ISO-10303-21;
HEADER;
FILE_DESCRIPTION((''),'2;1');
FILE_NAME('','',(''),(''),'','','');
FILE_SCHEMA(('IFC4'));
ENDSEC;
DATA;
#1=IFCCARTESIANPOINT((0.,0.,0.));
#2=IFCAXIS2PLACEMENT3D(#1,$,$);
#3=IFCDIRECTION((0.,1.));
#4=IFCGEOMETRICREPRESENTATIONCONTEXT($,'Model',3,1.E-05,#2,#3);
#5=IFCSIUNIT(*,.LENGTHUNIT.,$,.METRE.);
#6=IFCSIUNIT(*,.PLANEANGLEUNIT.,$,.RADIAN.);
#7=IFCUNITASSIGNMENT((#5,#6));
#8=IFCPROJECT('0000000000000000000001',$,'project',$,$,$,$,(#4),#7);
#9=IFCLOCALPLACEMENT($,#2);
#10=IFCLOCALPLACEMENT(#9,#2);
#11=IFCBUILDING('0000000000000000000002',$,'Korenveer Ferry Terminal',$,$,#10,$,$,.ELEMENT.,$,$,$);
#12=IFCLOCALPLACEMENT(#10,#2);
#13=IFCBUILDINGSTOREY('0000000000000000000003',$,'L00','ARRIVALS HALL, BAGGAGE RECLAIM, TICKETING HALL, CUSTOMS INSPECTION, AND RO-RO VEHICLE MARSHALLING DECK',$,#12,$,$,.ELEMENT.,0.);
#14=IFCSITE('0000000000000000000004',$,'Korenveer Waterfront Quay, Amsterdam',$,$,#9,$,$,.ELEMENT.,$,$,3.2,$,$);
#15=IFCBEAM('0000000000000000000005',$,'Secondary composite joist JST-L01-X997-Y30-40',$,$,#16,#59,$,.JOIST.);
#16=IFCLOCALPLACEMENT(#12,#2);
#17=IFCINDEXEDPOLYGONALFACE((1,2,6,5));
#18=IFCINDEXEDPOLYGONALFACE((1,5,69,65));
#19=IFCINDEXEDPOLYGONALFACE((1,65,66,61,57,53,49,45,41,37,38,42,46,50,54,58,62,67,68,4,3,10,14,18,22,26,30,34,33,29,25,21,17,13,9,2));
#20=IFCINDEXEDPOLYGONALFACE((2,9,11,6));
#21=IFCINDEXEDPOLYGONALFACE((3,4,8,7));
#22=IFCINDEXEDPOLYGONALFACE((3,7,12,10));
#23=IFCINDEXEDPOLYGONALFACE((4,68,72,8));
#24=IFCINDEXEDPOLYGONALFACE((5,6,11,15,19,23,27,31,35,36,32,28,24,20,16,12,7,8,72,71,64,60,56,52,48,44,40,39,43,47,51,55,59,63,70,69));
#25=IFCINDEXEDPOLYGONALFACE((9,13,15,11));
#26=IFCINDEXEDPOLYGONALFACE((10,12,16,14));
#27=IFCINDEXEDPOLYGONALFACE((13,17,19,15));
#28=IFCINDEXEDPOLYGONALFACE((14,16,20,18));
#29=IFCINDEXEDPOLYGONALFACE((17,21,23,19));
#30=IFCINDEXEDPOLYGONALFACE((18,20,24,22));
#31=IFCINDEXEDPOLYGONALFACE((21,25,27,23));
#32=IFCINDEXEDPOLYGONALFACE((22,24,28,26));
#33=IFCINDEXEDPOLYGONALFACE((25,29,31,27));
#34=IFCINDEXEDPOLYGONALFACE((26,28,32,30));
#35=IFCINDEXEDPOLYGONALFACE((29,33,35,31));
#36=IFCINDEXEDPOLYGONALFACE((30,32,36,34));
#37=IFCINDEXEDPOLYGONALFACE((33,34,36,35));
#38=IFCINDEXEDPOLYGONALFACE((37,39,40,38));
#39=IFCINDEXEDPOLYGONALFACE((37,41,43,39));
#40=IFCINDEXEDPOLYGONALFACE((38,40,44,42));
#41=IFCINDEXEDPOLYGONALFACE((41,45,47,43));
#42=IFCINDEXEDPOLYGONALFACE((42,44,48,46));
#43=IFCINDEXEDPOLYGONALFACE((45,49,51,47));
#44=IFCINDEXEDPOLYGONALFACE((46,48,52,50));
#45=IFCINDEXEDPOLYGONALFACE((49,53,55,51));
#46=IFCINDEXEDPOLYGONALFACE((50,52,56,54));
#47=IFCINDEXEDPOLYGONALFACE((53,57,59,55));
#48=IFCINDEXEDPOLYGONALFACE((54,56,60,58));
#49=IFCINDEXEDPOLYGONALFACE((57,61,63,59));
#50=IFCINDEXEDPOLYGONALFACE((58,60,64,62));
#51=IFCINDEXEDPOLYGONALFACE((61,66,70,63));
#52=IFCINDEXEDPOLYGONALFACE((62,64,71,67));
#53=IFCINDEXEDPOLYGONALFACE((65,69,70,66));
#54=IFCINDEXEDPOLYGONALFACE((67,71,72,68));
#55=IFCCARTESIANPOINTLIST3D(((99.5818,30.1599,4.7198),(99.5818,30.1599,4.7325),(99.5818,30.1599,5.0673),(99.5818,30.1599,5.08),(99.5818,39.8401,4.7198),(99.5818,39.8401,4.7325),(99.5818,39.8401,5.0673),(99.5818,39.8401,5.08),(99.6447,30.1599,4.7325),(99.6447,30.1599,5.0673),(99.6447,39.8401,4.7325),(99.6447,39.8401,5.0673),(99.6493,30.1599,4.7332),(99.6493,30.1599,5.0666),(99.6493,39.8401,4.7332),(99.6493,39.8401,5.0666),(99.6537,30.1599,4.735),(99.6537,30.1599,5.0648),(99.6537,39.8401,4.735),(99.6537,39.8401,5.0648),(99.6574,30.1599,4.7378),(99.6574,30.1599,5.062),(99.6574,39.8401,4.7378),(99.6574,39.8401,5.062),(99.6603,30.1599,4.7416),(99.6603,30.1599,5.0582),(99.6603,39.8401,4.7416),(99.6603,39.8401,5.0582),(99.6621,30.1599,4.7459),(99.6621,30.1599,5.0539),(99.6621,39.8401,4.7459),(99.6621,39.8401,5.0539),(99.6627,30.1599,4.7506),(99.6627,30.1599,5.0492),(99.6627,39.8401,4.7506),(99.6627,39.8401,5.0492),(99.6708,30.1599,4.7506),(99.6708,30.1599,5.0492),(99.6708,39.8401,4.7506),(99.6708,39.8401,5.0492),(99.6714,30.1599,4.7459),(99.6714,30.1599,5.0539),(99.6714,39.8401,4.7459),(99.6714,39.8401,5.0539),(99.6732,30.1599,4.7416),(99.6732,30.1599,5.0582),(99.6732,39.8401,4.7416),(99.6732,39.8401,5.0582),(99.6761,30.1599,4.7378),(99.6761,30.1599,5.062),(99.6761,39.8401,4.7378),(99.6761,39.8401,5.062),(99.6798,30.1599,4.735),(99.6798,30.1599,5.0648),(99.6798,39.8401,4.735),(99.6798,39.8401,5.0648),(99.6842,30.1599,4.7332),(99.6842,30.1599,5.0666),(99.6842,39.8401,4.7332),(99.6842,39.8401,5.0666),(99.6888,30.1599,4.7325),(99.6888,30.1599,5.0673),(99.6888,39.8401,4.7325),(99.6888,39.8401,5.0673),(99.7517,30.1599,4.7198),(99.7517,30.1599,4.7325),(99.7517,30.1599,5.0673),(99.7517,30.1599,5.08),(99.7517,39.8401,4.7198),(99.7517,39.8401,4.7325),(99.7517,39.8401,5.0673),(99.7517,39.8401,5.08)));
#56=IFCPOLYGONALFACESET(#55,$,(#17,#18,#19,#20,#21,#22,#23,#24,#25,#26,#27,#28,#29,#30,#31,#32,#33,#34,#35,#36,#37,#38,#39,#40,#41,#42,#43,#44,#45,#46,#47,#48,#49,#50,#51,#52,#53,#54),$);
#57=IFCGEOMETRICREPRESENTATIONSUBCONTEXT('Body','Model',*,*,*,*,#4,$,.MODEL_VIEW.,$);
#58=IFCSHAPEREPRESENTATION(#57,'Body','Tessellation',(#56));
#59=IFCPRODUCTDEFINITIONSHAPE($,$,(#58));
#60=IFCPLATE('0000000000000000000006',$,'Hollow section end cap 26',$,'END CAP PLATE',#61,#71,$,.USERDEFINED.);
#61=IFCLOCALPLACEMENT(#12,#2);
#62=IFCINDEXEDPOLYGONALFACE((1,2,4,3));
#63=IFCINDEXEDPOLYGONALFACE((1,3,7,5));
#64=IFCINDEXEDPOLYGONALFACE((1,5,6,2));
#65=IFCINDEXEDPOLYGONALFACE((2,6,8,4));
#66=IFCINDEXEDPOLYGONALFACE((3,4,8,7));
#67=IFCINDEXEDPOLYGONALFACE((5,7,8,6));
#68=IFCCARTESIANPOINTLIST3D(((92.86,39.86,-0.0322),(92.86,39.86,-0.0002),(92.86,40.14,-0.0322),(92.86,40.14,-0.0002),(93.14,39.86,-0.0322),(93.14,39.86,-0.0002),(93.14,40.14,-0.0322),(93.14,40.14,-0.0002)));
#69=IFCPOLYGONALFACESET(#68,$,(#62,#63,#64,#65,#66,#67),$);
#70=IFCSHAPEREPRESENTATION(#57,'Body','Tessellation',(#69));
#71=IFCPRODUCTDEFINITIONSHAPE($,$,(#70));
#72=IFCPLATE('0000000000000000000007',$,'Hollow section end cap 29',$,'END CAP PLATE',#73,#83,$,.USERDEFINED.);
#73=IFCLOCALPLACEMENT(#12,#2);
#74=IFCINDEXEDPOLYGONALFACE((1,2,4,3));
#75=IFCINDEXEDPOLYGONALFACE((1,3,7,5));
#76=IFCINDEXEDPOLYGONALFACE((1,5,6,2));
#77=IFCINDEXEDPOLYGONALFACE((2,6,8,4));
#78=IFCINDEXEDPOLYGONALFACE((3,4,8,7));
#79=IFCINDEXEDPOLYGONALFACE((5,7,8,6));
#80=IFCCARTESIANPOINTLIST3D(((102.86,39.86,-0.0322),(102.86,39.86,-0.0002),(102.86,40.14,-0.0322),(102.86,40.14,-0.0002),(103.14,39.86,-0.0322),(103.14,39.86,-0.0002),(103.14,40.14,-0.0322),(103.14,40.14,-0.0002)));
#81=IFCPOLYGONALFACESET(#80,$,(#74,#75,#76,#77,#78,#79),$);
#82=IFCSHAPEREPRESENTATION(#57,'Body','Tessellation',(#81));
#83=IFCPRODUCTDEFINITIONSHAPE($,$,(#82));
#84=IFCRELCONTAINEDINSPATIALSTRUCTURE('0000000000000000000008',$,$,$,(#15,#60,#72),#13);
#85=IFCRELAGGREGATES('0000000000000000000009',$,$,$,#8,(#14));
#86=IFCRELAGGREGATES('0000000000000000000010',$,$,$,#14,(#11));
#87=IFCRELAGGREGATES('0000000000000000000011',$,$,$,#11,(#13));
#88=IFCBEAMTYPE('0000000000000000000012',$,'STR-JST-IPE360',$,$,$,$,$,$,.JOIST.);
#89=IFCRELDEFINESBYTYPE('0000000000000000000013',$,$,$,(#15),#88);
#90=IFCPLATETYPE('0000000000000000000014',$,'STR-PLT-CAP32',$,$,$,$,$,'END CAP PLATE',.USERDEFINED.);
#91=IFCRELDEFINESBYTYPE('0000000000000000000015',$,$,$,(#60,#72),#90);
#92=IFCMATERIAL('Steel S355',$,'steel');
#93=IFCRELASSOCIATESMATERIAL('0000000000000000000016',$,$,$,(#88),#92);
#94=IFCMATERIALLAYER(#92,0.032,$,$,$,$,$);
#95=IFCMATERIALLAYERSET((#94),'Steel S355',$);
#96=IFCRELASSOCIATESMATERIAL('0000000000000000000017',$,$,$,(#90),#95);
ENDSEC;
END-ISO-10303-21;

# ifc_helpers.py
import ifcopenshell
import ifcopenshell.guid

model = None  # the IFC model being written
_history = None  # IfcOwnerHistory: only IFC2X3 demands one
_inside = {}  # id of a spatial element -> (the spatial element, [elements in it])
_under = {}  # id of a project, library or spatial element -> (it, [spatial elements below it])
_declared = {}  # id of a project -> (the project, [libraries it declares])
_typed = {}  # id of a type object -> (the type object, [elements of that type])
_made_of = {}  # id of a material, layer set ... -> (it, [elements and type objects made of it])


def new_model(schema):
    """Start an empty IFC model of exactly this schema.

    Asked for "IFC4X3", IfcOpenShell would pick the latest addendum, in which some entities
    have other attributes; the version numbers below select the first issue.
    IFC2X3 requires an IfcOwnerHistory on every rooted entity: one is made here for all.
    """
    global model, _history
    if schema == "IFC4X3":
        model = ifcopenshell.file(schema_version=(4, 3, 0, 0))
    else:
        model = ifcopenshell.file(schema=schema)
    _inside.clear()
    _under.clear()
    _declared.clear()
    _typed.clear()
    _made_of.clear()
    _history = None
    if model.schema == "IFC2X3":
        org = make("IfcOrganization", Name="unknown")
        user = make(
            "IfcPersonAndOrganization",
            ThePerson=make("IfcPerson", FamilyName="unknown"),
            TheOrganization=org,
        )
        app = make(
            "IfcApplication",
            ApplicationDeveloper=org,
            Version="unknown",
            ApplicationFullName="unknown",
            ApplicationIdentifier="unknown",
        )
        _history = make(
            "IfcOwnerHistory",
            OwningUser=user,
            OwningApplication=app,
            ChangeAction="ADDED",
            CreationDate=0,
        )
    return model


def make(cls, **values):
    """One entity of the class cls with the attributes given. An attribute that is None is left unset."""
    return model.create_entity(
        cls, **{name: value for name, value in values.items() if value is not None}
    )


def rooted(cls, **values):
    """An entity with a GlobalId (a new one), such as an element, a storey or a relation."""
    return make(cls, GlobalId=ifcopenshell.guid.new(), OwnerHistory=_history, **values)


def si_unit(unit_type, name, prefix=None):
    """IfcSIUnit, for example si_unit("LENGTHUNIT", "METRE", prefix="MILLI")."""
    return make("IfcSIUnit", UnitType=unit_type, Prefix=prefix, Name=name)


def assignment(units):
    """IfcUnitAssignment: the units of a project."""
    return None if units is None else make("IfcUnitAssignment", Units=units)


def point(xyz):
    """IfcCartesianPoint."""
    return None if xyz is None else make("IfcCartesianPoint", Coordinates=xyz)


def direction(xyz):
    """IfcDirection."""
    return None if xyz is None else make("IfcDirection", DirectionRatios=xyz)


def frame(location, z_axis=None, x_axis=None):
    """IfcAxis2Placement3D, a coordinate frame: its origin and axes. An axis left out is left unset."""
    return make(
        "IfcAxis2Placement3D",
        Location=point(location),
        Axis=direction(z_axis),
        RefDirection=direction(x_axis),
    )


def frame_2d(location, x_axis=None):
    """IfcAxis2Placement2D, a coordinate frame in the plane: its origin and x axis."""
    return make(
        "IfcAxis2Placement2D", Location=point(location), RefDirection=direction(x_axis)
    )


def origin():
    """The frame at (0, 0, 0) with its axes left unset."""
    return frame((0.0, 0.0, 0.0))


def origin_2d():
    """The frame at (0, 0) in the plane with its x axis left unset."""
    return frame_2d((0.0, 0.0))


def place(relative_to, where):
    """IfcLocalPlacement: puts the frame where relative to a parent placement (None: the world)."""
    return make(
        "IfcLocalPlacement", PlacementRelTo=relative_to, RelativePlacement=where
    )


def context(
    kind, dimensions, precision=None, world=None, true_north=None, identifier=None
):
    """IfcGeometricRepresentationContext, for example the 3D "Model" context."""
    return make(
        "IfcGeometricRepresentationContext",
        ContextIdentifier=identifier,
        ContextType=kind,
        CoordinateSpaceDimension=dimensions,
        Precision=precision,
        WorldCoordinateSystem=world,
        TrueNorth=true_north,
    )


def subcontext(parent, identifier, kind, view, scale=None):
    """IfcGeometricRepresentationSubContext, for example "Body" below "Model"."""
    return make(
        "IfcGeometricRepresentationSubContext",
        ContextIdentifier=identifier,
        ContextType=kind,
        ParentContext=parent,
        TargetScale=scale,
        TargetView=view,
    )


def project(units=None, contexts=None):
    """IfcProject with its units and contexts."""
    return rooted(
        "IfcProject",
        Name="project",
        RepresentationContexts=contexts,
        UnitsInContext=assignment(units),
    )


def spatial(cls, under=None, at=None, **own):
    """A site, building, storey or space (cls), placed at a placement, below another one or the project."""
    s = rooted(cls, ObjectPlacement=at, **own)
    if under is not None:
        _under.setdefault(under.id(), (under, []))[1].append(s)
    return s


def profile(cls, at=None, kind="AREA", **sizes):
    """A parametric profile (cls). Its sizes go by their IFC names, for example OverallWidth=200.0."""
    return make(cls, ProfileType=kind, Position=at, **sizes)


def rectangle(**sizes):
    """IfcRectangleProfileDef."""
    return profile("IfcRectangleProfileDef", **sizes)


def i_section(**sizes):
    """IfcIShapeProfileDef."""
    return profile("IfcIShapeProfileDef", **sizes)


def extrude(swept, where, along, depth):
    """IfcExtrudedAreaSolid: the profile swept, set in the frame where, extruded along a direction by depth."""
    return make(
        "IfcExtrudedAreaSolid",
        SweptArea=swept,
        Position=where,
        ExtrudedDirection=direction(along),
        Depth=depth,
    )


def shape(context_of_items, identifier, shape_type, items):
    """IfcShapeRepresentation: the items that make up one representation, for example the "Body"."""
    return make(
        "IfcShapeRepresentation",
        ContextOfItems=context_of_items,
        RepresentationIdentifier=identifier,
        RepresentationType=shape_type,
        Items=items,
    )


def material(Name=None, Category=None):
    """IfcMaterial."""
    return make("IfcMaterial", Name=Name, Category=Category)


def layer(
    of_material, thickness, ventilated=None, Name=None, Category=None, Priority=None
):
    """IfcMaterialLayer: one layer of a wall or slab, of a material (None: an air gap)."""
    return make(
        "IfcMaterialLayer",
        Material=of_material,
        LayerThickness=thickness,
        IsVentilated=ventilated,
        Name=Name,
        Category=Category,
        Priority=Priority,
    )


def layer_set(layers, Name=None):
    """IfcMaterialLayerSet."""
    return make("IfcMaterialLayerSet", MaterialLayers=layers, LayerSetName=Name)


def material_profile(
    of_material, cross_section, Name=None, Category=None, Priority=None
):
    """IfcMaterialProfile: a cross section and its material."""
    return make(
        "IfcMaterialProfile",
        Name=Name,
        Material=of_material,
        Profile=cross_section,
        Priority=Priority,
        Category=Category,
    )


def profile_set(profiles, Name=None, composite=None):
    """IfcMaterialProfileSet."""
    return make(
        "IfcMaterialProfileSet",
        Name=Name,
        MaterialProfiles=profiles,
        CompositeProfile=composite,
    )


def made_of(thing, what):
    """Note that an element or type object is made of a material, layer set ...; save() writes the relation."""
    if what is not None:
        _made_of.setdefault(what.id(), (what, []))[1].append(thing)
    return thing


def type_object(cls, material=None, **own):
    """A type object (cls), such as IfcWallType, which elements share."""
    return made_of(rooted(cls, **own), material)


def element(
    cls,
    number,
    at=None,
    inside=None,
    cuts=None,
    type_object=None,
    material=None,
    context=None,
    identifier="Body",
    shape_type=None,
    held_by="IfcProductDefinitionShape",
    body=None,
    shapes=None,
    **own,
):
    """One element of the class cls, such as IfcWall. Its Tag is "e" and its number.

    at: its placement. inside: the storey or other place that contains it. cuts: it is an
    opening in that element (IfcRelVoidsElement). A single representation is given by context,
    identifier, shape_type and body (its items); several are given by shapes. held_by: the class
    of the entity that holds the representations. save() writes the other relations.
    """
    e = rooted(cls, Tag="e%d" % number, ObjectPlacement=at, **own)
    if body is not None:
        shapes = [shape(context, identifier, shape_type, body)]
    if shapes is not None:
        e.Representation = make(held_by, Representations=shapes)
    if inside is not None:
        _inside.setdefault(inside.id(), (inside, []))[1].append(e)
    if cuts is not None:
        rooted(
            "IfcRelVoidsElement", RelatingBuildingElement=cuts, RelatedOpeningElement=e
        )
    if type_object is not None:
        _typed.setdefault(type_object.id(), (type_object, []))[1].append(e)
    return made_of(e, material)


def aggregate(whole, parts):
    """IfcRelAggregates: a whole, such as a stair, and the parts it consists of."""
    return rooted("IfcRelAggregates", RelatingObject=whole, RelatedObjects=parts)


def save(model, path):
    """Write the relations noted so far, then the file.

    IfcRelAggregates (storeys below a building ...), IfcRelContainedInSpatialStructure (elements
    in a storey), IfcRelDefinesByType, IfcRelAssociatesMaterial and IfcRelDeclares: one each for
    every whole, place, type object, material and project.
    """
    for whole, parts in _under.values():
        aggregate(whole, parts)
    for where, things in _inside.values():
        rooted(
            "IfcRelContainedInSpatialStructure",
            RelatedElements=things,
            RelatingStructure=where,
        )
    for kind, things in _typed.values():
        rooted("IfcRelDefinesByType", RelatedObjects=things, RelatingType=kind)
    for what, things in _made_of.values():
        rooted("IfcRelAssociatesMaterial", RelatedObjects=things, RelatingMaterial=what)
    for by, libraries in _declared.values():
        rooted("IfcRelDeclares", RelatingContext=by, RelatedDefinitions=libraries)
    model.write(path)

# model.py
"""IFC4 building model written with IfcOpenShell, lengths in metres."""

from ifc_helpers import new_model, si_unit, direction, frame, origin, origin_2d, place, context, subcontext, project, spatial, rectangle, i_section, extrude, material, layer, layer_set, material_profile, profile_set, type_object, element, save


model = new_model("IFC4")

# Units and contexts
model_context = context("Model", 3, precision=1e-05, world=origin(), true_north=direction((0.0, 1.0)))
body_context = subcontext(model_context, "Body", "Model", "MODEL_VIEW")
ifc_project = project(units=[si_unit("LENGTHUNIT", "METRE"), si_unit("PLANEANGLEUNIT", "RADIAN")], contexts=[model_context])

# Site, building, storey
site_placement = place(None, origin())
site = spatial("IfcSite", under=ifc_project, at=site_placement, Name="Korenveer Waterfront Quay, Amsterdam", CompositionType="ELEMENT", RefElevation=3.2)
building_placement = place(site_placement, origin())
building = spatial("IfcBuilding", under=site, at=building_placement, Name="Korenveer Ferry Terminal", CompositionType="ELEMENT")
storey_placement = place(building_placement, origin())
storey = spatial("IfcBuildingStorey", under=building, at=storey_placement, Name="L00", Description="ARRIVALS HALL, BAGGAGE RECLAIM, TICKETING HALL, CUSTOMS INSPECTION, AND RO-RO VEHICLE MARSHALLING DECK", CompositionType="ELEMENT", Elevation=0.0)

# Shared definitions
ifc_material_1 = material(Name="Steel S355", Category="steel")

# Beam
ifc_material_profile_1 = material_profile(ifc_material_1, i_section(OverallWidth=0.1699, OverallDepth=0.3601, WebThickness=0.0081, FlangeThickness=0.0127, FilletRadius=0.0181, at=origin_2d()), Name="IPE 360")
ifc_profile_set_1 = profile_set([ifc_material_profile_1], Name="Steel S355")
beam_type_1 = type_object("IfcBeamType", Name="STR-JST-IPE360", PredefinedType="JOIST", material=ifc_profile_set_1)
for number, where, z_axis, x_axis, name in (
    (1, (99.6667, 30.1599, 4.8999), (0.0, 1.0, 0.0), (-1.0, 0.0, 0.0), "Secondary composite joist JST-L01-X997-Y30-40"),
):
    element("IfcBeam", number, at=place(storey_placement, frame(where, z_axis=z_axis, x_axis=x_axis)), inside=storey, type_object=beam_type_1, Name=name, PredefinedType="JOIST", context=body_context, shape_type="SweptSolid", body=[
        extrude(i_section(OverallWidth=0.1699, OverallDepth=0.3601, WebThickness=0.0081, FlangeThickness=0.0127, FilletRadius=0.0181, at=origin_2d()), origin(), (0.0, 0.0, 1.0), 9.6802),
    ])

# Plates
ifc_layer = layer(ifc_material_1, 0.032)
ifc_layer_set = layer_set([ifc_layer], Name="Steel S355")
plate_type = type_object("IfcPlateType", Name="STR-PLT-CAP32", ElementType="END CAP PLATE", PredefinedType="USERDEFINED", material=ifc_layer_set)
for number, where, z_axis, x_axis, name in (
    (2, (93.0, 40.0, -0.0322), (0.0, 0.0, 1.0), (1.0, 0.0, 0.0), "Hollow section end cap 26"),
    (3, (103.0, 40.0, -0.0322), (0.0, 0.0, 1.0), (1.0, 0.0, 0.0), "Hollow section end cap 29"),
):
    element("IfcPlate", number, at=place(storey_placement, frame(where, z_axis=z_axis, x_axis=x_axis)), inside=storey, type_object=plate_type, Name=name, ObjectType="END CAP PLATE", PredefinedType="USERDEFINED", context=body_context, shape_type="SweptSolid", body=[
        extrude(rectangle(XDim=0.28, YDim=0.28, at=origin_2d()), origin(), (0.0, 0.0, 1.0), 0.032),
    ])

save(model, "model.ifc")
